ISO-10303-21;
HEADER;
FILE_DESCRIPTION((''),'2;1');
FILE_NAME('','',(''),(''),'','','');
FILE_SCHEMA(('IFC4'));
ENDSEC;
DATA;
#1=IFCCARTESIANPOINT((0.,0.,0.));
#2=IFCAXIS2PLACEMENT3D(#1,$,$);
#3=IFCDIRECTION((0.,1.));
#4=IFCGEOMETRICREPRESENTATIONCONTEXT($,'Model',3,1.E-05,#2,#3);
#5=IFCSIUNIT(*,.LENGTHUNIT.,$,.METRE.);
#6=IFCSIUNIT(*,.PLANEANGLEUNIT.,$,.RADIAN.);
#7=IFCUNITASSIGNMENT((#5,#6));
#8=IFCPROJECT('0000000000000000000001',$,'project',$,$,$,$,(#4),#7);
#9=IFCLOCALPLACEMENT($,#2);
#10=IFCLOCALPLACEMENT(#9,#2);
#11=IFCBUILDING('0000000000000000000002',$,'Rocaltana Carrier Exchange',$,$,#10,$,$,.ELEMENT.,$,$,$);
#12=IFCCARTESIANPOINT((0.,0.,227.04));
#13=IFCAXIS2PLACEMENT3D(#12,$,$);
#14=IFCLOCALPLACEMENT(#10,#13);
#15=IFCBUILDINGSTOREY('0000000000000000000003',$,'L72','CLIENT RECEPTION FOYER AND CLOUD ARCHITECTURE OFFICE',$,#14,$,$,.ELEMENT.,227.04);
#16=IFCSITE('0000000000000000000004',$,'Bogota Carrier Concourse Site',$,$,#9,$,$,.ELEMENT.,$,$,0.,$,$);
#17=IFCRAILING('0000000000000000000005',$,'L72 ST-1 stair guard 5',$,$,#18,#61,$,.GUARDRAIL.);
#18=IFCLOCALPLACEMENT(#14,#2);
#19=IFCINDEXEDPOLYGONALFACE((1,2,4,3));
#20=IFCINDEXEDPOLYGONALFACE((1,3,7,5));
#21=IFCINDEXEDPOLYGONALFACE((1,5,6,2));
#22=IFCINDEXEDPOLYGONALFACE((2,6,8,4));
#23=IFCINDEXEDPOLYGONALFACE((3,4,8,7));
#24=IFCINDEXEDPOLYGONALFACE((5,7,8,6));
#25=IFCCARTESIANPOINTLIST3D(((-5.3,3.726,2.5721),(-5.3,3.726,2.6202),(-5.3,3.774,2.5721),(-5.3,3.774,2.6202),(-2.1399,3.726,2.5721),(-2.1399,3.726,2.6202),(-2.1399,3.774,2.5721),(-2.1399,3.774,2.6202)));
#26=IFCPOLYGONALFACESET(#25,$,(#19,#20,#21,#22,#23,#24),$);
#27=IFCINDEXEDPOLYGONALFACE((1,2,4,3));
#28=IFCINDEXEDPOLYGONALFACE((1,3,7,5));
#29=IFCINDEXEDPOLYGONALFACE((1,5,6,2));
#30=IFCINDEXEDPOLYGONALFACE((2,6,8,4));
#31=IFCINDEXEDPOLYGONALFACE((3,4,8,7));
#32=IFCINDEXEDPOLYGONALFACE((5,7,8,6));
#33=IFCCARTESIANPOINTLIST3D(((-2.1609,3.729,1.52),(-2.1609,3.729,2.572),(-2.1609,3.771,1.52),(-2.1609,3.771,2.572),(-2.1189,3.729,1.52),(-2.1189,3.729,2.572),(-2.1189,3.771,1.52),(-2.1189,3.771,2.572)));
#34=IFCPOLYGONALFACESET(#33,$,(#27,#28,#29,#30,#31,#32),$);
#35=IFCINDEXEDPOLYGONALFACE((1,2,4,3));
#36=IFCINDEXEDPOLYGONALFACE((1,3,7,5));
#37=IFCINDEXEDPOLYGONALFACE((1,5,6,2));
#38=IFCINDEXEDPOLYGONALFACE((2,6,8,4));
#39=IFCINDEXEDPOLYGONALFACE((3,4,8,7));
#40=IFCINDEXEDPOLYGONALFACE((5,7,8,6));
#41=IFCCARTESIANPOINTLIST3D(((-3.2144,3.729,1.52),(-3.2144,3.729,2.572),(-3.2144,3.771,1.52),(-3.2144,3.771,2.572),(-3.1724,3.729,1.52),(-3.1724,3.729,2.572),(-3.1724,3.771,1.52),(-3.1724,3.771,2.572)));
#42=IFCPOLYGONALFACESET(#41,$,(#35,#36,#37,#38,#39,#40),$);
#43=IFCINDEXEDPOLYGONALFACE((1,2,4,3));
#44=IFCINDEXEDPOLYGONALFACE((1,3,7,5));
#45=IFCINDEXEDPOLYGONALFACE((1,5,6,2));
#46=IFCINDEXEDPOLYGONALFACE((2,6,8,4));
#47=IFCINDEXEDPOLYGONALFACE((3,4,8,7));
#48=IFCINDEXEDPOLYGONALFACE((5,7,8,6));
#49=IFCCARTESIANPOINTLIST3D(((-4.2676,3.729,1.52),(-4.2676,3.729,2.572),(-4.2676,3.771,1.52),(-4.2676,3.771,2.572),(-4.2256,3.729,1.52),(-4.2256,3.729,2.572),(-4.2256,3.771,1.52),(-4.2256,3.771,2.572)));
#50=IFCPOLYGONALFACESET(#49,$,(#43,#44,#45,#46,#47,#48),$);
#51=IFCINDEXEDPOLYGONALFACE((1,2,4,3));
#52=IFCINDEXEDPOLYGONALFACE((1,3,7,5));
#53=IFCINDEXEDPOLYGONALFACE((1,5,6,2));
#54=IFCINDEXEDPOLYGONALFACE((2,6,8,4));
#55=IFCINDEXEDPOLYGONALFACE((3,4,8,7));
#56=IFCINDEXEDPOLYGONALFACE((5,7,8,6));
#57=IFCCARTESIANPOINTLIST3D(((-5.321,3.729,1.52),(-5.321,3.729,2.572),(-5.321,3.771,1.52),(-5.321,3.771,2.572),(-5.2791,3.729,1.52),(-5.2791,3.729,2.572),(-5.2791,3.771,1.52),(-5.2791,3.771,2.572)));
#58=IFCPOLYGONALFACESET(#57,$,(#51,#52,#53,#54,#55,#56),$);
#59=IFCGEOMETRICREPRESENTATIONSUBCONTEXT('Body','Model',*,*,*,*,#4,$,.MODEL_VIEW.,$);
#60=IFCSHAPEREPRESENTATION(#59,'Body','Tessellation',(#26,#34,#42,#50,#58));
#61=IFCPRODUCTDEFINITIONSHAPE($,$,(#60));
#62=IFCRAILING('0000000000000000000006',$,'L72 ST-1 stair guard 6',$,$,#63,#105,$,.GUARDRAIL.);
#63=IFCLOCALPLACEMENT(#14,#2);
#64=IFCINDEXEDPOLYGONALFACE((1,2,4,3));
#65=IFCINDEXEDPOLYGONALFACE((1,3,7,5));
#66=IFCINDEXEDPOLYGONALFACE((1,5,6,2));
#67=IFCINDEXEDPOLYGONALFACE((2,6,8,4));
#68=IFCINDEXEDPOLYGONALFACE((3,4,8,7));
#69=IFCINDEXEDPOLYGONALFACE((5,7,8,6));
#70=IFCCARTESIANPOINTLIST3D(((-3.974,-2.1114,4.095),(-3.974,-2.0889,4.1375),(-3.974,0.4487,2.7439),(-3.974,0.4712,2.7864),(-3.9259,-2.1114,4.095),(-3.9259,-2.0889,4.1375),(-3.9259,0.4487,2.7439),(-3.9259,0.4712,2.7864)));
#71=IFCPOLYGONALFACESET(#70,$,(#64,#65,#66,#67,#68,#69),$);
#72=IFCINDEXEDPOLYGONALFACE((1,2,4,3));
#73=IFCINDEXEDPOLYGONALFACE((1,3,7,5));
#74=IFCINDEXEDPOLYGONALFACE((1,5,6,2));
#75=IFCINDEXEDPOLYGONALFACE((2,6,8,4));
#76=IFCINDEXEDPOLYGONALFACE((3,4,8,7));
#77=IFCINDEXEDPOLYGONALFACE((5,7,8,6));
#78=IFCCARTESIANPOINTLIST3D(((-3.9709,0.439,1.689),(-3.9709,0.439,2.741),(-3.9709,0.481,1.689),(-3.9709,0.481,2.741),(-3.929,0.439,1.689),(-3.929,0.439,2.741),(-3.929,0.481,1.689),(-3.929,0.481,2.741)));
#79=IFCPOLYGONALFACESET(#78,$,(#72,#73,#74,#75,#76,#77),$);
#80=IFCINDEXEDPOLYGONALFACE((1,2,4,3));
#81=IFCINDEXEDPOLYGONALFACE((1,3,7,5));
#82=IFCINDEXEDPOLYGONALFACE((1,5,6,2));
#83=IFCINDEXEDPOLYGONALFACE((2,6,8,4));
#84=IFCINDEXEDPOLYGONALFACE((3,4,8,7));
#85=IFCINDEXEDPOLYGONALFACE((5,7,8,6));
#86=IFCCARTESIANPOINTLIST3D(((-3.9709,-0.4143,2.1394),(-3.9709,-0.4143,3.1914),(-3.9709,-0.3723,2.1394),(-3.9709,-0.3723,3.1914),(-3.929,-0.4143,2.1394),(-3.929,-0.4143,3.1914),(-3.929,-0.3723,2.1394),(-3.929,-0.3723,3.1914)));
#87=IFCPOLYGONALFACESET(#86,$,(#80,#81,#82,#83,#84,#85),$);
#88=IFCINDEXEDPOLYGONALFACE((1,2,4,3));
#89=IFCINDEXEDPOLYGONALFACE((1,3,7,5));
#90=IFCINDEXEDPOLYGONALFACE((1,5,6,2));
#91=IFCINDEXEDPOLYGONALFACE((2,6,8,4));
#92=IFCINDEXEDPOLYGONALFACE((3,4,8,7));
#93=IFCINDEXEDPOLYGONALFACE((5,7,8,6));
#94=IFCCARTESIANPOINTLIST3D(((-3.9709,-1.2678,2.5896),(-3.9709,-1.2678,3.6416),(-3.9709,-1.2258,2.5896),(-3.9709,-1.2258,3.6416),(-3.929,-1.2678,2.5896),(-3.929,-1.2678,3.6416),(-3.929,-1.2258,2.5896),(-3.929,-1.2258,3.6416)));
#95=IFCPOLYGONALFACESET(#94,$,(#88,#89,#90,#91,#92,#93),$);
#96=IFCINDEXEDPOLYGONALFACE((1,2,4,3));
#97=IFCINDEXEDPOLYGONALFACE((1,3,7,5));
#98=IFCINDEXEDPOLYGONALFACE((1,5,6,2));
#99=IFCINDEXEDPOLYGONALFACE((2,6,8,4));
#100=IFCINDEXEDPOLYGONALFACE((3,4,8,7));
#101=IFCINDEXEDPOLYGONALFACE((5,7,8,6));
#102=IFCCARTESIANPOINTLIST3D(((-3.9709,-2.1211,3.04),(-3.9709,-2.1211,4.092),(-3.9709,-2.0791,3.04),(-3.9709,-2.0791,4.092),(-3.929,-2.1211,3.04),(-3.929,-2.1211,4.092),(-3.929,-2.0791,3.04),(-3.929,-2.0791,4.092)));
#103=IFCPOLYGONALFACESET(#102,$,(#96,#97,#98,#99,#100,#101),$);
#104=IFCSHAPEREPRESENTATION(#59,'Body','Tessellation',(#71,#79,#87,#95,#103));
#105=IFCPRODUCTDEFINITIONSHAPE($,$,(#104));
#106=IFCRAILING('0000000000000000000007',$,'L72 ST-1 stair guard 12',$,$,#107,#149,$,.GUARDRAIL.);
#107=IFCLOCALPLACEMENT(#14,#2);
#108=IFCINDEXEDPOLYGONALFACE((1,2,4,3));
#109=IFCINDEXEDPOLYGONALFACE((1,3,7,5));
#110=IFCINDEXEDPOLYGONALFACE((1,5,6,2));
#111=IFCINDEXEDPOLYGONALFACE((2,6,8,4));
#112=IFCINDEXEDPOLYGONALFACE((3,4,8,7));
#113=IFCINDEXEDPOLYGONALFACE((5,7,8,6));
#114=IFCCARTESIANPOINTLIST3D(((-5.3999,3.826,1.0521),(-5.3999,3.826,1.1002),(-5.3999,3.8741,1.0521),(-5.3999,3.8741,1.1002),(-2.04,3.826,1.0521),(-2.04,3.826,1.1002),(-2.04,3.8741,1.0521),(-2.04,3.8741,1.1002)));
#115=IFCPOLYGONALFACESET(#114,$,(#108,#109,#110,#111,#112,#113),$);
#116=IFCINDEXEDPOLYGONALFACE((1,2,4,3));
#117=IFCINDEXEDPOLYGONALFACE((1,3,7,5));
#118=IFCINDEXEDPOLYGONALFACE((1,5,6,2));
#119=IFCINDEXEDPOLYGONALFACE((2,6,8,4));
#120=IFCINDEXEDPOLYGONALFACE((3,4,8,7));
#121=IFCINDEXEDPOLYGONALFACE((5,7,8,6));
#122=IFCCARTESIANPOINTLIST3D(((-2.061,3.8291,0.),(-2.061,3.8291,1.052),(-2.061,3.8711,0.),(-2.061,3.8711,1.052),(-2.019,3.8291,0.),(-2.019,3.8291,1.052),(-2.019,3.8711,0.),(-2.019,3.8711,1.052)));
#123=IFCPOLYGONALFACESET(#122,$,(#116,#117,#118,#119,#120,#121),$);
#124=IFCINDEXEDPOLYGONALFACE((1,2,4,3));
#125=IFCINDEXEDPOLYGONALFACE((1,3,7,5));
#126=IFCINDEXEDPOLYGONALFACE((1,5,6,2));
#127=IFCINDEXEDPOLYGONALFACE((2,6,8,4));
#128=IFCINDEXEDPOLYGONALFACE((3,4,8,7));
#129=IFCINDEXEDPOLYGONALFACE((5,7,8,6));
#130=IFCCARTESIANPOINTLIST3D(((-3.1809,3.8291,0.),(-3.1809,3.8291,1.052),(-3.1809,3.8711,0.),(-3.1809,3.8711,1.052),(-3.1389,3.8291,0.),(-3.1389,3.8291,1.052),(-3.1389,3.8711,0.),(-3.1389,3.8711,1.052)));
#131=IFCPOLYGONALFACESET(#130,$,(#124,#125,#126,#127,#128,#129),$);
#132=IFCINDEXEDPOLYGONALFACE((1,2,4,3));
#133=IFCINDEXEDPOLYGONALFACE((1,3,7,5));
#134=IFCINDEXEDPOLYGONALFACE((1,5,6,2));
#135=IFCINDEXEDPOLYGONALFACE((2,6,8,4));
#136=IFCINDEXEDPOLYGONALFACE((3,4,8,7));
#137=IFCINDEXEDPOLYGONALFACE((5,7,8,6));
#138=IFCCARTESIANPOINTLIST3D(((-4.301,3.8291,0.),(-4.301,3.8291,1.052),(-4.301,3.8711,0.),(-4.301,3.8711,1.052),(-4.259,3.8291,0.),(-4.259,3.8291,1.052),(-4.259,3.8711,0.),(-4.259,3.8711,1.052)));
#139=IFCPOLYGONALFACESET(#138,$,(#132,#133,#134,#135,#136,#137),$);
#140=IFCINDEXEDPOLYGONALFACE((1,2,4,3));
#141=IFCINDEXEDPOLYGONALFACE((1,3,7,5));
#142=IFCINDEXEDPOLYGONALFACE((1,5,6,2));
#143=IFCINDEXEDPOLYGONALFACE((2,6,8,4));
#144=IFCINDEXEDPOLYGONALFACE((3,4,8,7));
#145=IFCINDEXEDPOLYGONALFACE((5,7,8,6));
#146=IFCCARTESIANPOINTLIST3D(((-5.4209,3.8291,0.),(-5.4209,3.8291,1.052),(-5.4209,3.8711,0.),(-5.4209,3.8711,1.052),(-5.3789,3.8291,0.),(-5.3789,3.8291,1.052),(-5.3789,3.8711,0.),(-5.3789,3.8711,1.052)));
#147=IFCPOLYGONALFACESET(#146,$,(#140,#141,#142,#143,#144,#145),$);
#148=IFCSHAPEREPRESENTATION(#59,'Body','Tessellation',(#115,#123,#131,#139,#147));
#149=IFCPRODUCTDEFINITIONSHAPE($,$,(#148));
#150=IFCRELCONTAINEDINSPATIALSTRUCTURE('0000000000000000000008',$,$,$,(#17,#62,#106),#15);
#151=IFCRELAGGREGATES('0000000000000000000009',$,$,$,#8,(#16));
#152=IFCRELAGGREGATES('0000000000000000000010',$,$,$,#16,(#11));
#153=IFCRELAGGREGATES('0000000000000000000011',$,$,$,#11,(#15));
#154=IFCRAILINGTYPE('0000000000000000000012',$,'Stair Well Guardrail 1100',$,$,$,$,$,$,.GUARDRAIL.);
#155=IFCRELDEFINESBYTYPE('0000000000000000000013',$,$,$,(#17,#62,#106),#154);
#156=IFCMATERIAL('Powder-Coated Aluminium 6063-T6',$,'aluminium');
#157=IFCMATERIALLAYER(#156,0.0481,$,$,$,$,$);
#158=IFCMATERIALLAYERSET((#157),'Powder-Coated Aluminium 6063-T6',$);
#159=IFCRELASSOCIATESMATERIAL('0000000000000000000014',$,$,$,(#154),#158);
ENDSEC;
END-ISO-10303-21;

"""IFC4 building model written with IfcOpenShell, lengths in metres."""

from ifc_helpers import new_model, si_unit, direction, frame, origin, origin_2d, place, context, subcontext, project, spatial, rectangle, extrude, material, layer, layer_set, type_object, element, save


model = new_model("IFC4")

# Units and contexts
model_context = context("Model", 3, precision=1e-05, world=origin(), true_north=direction((0.0, 1.0)))
body_context = subcontext(model_context, "Body", "Model", "MODEL_VIEW")
ifc_project = project(units=[si_unit("LENGTHUNIT", "METRE"), si_unit("PLANEANGLEUNIT", "RADIAN")], contexts=[model_context])

# Site, building, storey
site_placement = place(None, origin())
site = spatial("IfcSite", under=ifc_project, at=site_placement, Name="Bogota Carrier Concourse Site", CompositionType="ELEMENT", RefElevation=0.0)
building_placement = place(site_placement, origin())
building = spatial("IfcBuilding", under=site, at=building_placement, Name="Rocaltana Carrier Exchange", CompositionType="ELEMENT")
storey_placement = place(building_placement, frame((0.0, 0.0, 227.04)))
storey = spatial("IfcBuildingStorey", under=building, at=storey_placement, Name="L72", Description="CLIENT RECEPTION FOYER AND CLOUD ARCHITECTURE OFFICE", CompositionType="ELEMENT", Elevation=227.04)

# Railings
ifc_material_1 = material(Name="Powder-Coated Aluminium 6063-T6", Category="aluminium")
ifc_layer_1 = layer(ifc_material_1, 0.0481)
ifc_layer_set_1 = layer_set([ifc_layer_1], Name="Powder-Coated Aluminium 6063-T6")
railing_type_1 = type_object("IfcRailingType", Name="Stair Well Guardrail 1100", PredefinedType="GUARDRAIL", material=ifc_layer_set_1)
railing_1_placement = place(storey_placement, frame((-2.1399, 3.75, 1.52)))
element("IfcRailing", 1, at=railing_1_placement, inside=storey, type_object=railing_type_1, Name="L72 ST-1 stair guard 5", PredefinedType="GUARDRAIL", context=body_context, shape_type="SweptSolid", body=[
    extrude(rectangle(XDim=0.0481, YDim=0.0481, at=origin_2d()), frame((0.0, 0.0, 1.0762), z_axis=(-1.0, 0.0, 0.0), x_axis=(0.0, -1.0, 0.0)), (0.0, 0.0, 1.0), 3.1602),
    extrude(rectangle(XDim=0.042, YDim=0.042, at=origin_2d()), origin(), (0.0, 0.0, 1.0), 1.052),
    extrude(rectangle(XDim=0.042, YDim=0.042, at=origin_2d()), frame((-1.0535, 0.0, 0.0)), (0.0, 0.0, 1.0), 1.052),
    extrude(rectangle(XDim=0.042, YDim=0.042, at=origin_2d()), frame((-2.1067, 0.0, 0.0)), (0.0, 0.0, 1.0), 1.052),
    extrude(rectangle(XDim=0.042, YDim=0.042, at=origin_2d()), frame((-3.1602, 0.0, 0.0)), (0.0, 0.0, 1.0), 1.052),
])
railing_2_placement = place(storey_placement, frame((-3.95, 0.46, 1.689)))
element("IfcRailing", 2, at=railing_2_placement, inside=storey, type_object=railing_type_1, Name="L72 ST-1 stair guard 6", PredefinedType="GUARDRAIL", context=body_context, shape_type="SweptSolid", body=[
    extrude(rectangle(XDim=0.0481, YDim=0.0481, at=origin_2d()), frame((0.0, 0.0, 1.0762), z_axis=(0.0, -0.884394, 0.46674), x_axis=(1.0, 0.0, 0.0)), (0.0, 0.0, 1.0), 2.8948),
    extrude(rectangle(XDim=0.042, YDim=0.042, at=origin_2d()), origin(), (0.0, 0.0, 1.0), 1.052),
    extrude(rectangle(XDim=0.042, YDim=0.042, at=origin_2d()), frame((0.0, -0.8533, 0.4504)), (0.0, 0.0, 1.0), 1.052),
    extrude(rectangle(XDim=0.042, YDim=0.042, at=origin_2d()), frame((0.0, -1.7068, 0.9006)), (0.0, 0.0, 1.0), 1.052),
    extrude(rectangle(XDim=0.042, YDim=0.042, at=origin_2d()), frame((0.0, -2.5601, 1.3511)), (0.0, 0.0, 1.0), 1.052),
])
railing_3_placement = place(storey_placement, frame((-2.04, 3.8501, 0.0)))
element("IfcRailing", 3, at=railing_3_placement, inside=storey, type_object=railing_type_1, Name="L72 ST-1 stair guard 12", PredefinedType="GUARDRAIL", context=body_context, shape_type="SweptSolid", body=[
    extrude(rectangle(XDim=0.0481, YDim=0.0481, at=origin_2d()), frame((0.0, 0.0, 1.0762), z_axis=(-1.0, 0.0, 0.0), x_axis=(0.0, -1.0, 0.0)), (0.0, 0.0, 1.0), 3.3599),
    extrude(rectangle(XDim=0.042, YDim=0.042, at=origin_2d()), origin(), (0.0, 0.0, 1.0), 1.052),
    extrude(rectangle(XDim=0.042, YDim=0.042, at=origin_2d()), frame((-1.1199, 0.0, 0.0)), (0.0, 0.0, 1.0), 1.052),
    extrude(rectangle(XDim=0.042, YDim=0.042, at=origin_2d()), frame((-2.24, 0.0, 0.0)), (0.0, 0.0, 1.0), 1.052),
    extrude(rectangle(XDim=0.042, YDim=0.042, at=origin_2d()), frame((-3.3599, 0.0, 0.0)), (0.0, 0.0, 1.0), 1.052),
])

save(model, "model.ifc")
